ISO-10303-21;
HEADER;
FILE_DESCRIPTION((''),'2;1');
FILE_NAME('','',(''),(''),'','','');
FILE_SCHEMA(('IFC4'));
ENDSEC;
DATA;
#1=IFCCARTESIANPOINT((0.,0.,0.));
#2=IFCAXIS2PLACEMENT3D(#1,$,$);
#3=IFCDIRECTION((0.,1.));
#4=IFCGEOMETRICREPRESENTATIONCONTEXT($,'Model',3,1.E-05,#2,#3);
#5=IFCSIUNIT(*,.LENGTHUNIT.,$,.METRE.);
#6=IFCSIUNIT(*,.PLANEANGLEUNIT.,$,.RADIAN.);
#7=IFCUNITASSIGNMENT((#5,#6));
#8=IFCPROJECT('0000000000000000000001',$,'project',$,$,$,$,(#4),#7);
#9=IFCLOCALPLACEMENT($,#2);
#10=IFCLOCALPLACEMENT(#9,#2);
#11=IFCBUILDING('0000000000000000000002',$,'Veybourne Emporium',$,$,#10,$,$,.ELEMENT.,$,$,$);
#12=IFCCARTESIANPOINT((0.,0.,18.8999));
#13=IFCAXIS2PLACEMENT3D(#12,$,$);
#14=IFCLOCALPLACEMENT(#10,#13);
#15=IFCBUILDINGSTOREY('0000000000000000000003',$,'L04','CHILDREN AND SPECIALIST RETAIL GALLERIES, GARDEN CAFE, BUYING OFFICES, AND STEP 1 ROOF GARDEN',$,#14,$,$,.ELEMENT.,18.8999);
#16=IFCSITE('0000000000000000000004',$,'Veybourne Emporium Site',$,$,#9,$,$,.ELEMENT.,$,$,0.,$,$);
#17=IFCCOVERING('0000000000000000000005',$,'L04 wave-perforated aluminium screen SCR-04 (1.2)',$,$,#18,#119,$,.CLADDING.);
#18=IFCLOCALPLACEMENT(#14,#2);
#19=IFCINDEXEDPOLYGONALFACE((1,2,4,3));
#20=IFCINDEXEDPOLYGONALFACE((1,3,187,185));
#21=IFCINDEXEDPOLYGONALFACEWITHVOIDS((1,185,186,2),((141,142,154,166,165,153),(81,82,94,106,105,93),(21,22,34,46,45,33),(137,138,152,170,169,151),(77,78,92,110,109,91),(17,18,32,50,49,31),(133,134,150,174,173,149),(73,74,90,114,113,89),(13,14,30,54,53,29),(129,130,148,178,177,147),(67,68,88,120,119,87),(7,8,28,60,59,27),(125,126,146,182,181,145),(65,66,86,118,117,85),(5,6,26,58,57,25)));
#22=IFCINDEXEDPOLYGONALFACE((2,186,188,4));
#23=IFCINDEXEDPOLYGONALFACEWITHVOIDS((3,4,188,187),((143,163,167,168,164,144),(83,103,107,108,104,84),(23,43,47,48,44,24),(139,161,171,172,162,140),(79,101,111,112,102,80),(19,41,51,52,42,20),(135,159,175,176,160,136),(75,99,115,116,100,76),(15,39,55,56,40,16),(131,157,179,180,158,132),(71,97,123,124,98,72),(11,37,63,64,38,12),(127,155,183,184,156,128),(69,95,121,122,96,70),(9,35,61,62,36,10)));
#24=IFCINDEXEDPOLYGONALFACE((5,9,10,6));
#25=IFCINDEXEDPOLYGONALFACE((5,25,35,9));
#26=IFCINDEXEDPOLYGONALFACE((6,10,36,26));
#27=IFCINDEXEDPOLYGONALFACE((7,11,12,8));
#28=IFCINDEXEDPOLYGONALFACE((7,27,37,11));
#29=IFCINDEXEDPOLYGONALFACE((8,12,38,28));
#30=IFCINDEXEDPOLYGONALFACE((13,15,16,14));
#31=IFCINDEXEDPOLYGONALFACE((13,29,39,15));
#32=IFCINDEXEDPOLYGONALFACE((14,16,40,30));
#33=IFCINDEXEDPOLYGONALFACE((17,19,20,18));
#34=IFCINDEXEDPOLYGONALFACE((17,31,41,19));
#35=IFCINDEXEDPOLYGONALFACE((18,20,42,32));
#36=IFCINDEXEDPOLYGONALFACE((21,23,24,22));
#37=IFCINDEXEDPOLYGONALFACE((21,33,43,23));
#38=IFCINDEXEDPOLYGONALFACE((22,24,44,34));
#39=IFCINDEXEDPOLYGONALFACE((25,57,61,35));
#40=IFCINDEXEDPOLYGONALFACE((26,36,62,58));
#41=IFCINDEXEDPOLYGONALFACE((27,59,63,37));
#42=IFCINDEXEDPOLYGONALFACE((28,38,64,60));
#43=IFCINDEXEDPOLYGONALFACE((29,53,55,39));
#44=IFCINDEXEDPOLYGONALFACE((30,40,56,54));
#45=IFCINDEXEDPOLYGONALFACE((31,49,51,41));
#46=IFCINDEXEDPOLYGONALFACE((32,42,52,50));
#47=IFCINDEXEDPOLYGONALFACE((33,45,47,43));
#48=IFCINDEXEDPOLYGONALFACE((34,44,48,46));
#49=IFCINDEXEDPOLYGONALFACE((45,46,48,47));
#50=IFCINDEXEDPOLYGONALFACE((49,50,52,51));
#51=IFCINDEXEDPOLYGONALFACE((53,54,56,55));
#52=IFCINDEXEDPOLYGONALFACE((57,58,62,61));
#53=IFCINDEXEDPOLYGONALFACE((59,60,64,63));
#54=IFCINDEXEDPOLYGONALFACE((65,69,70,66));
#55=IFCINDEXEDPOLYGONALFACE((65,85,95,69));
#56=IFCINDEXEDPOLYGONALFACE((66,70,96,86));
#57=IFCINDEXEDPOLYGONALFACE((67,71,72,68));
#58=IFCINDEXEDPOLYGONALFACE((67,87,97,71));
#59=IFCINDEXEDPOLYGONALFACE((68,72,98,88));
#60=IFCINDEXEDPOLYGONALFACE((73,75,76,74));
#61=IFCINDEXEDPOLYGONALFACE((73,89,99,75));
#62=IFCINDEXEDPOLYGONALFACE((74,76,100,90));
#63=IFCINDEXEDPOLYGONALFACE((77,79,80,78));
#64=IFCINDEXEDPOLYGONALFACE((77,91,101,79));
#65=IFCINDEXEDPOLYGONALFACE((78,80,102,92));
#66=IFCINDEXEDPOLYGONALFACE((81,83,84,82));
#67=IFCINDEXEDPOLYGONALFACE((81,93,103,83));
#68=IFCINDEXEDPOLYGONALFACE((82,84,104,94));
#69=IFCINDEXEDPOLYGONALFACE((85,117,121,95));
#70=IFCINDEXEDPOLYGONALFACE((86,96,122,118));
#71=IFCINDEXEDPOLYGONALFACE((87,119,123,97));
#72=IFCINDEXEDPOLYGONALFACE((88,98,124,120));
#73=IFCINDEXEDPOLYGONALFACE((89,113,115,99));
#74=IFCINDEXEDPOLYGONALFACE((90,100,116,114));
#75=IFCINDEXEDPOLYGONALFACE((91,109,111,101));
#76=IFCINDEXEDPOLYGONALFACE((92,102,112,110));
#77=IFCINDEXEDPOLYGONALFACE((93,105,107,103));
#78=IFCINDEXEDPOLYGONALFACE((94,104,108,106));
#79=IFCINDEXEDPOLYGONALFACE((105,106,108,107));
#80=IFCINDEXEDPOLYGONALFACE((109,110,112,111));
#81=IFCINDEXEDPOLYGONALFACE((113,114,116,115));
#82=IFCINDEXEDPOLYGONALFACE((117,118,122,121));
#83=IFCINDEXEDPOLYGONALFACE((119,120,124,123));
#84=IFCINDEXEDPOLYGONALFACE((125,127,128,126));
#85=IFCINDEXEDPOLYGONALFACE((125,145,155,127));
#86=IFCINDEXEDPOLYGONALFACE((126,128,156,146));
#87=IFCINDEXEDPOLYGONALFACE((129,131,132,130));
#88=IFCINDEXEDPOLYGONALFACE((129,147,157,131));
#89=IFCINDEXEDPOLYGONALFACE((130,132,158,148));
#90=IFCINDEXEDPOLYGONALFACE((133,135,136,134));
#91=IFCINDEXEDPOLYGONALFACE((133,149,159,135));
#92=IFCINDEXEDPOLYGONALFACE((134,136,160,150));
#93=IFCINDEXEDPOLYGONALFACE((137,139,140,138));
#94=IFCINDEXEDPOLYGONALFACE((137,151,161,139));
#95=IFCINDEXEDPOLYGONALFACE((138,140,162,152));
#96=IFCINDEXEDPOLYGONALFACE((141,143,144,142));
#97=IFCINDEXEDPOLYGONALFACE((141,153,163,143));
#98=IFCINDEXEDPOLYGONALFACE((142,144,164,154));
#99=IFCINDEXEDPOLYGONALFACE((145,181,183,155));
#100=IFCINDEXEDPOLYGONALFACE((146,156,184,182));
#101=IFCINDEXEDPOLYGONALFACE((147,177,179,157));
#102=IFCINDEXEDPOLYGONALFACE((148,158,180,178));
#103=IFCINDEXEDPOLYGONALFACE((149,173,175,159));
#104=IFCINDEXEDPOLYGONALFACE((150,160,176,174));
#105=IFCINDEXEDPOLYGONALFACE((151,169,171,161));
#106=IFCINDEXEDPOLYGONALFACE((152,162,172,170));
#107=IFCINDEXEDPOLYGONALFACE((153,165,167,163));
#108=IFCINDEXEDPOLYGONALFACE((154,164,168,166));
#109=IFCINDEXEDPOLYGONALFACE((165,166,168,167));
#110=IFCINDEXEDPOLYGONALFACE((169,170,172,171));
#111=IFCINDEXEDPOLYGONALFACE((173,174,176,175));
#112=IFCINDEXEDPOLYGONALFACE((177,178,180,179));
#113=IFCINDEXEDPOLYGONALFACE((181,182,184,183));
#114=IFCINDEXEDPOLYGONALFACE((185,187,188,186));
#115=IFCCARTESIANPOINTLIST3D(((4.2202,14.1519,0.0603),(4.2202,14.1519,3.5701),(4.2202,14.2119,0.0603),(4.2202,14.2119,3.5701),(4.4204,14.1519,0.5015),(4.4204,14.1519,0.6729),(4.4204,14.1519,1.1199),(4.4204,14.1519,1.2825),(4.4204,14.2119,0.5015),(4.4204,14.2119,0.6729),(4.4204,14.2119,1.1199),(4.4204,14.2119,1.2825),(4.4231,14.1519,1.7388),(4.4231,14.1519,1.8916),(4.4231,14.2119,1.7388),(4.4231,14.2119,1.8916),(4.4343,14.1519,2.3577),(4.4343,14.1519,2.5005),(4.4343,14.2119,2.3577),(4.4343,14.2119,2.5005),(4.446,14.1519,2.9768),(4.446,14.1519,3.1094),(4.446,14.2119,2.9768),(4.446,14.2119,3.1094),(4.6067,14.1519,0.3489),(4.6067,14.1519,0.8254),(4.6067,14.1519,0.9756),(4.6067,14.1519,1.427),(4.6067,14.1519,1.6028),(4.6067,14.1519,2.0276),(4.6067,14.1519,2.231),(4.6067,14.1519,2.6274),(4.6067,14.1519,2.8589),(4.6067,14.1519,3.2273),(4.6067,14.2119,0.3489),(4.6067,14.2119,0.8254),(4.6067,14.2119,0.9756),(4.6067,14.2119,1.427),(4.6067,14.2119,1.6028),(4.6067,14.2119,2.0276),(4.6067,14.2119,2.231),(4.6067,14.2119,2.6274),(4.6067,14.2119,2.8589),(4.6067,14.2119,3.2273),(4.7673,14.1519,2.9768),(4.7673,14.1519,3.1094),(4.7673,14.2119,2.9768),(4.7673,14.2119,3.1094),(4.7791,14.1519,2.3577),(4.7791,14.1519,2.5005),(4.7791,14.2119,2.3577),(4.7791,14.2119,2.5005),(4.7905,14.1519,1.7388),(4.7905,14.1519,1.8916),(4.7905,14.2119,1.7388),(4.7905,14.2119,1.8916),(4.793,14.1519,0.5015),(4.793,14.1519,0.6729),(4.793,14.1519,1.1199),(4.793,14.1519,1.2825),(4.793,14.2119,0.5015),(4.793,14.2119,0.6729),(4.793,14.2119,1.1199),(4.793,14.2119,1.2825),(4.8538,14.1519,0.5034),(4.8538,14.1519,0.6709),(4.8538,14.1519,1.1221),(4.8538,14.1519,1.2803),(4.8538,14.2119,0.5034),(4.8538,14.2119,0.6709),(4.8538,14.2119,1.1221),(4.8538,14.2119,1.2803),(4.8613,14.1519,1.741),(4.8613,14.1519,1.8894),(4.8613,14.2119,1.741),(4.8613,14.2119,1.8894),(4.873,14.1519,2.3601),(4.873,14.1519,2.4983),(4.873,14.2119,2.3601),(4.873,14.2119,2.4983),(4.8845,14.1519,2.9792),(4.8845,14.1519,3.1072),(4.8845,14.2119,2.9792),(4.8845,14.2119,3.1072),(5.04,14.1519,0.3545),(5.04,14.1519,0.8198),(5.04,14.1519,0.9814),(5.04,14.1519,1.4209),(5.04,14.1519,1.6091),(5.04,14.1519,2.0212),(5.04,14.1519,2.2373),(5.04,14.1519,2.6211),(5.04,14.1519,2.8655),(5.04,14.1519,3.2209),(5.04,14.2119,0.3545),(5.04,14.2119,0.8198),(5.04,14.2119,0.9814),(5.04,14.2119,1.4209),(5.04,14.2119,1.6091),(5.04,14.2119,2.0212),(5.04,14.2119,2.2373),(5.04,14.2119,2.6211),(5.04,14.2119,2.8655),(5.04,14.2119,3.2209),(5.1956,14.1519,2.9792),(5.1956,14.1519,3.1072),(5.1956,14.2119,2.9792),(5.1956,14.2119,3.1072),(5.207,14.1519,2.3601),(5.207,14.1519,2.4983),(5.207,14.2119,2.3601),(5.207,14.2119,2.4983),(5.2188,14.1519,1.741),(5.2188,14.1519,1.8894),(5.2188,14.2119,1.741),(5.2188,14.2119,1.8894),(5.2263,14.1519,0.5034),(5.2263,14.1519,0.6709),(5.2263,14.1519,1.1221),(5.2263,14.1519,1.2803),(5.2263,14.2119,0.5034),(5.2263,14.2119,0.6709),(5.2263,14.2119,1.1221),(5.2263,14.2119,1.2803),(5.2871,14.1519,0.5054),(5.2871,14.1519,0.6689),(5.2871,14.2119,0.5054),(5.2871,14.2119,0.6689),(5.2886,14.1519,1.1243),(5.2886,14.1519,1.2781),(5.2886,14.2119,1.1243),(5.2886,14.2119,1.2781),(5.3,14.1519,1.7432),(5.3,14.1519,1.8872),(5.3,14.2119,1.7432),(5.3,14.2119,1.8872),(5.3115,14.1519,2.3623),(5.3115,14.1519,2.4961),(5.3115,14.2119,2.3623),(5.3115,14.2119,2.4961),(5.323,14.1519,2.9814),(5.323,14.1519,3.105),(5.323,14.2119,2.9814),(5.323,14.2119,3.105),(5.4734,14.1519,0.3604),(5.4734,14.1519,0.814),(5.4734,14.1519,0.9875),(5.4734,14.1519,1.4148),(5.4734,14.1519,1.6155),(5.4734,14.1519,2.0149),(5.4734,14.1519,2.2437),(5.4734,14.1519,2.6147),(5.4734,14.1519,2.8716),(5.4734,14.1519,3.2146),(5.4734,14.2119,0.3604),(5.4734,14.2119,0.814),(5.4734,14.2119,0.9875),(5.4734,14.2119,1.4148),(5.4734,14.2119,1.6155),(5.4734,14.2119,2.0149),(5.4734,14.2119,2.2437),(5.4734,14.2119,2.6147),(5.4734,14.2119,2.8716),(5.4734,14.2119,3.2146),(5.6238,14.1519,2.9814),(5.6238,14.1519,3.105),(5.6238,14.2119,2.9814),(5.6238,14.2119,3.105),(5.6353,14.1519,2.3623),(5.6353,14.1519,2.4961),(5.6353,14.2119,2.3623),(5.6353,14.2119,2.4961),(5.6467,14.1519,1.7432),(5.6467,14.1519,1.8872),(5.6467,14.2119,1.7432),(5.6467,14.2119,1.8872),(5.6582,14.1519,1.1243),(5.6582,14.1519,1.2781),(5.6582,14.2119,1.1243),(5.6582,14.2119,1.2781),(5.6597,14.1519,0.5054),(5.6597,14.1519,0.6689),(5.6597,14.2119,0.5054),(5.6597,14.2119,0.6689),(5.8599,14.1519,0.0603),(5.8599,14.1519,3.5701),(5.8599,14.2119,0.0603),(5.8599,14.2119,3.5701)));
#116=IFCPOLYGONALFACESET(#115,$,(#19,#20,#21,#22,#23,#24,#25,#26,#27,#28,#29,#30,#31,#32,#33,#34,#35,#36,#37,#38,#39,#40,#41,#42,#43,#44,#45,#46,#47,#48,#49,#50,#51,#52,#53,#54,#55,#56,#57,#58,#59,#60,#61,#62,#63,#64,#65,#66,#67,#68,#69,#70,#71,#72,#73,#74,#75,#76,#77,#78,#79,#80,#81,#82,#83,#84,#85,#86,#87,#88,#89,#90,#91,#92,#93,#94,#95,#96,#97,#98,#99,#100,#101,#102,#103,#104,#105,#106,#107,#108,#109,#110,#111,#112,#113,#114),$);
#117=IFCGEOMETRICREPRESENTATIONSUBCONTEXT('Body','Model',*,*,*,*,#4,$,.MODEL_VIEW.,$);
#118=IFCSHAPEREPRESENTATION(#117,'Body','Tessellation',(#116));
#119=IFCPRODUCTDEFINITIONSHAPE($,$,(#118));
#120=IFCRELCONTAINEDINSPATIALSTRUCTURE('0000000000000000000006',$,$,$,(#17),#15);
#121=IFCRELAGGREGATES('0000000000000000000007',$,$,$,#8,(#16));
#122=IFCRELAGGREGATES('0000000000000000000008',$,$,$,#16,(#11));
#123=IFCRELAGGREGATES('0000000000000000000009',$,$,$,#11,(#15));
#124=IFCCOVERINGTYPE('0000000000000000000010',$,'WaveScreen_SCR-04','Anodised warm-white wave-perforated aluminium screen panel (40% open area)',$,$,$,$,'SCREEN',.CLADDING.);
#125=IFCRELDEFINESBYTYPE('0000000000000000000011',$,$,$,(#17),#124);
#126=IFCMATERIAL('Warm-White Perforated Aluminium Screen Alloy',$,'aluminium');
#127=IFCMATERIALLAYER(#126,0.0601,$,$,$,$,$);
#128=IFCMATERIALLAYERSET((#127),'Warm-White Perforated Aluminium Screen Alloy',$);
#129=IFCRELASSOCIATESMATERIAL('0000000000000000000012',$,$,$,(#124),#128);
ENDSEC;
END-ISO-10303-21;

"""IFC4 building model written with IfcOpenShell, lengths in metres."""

from ifc_helpers import new_model, si_unit, direction, frame, origin, place, context, subcontext, project, spatial, polyline, outline, extrude, material, layer, layer_set, type_object, element, save


model = new_model("IFC4")

# Units and contexts
model_context = context("Model", 3, precision=1e-05, world=origin(), true_north=direction((0.0, 1.0)))
body_context = subcontext(model_context, "Body", "Model", "MODEL_VIEW")
ifc_project = project(units=[si_unit("LENGTHUNIT", "METRE"), si_unit("PLANEANGLEUNIT", "RADIAN")], contexts=[model_context])

# Site, building, storey
site_placement = place(None, origin())
site = spatial("IfcSite", under=ifc_project, at=site_placement, Name="Veybourne Emporium Site", CompositionType="ELEMENT", RefElevation=0.0)
building_placement = place(site_placement, origin())
building = spatial("IfcBuilding", under=site, at=building_placement, Name="Veybourne Emporium", CompositionType="ELEMENT")
storey_placement = place(building_placement, frame((0.0, 0.0, 18.8999)))
storey = spatial("IfcBuildingStorey", under=building, at=storey_placement, Name="L04", Description="CHILDREN AND SPECIALIST RETAIL GALLERIES, GARDEN CAFE, BUYING OFFICES, AND STEP 1 ROOF GARDEN", CompositionType="ELEMENT", Elevation=18.8999)

# Covering
ifc_material_1 = material(Name="Warm-White Perforated Aluminium Screen Alloy", Category="aluminium")
ifc_layer_1 = layer(ifc_material_1, 0.0601)
ifc_layer_set_1 = layer_set([ifc_layer_1], Name="Warm-White Perforated Aluminium Screen Alloy")
covering_type_1 = type_object("IfcCoveringType", Name="WaveScreen_SCR-04", Description="Anodised warm-white wave-perforated aluminium screen panel (40% open area)", ElementType="SCREEN", PredefinedType="CLADDING", material=ifc_layer_set_1)
covering_1_placement = place(storey_placement, frame((5.04, 14.1519, 1.8152), z_axis=(0.0, 1.0, 0.0), x_axis=(-1.0, 0.0, 0.0)))
element("IfcCovering", 1, at=covering_1_placement, inside=storey, type_object=covering_type_1, Name="L04 wave-perforated aluminium screen SCR-04 (1.2)", PredefinedType="CLADDING", context=body_context, shape_type="SweptSolid", body=[
    extrude(outline(polyline([(-0.8198, -1.7549), (0.8198, -1.7549), (0.8198, 1.7549), (-0.8198, 1.7549), (-0.8198, -1.7549)]), holes=[polyline([(-0.4333, -1.0012), (-0.2471, -1.1462), (-0.2471, -1.3098), (-0.4333, -1.4548), (-0.6196, -1.3098), (-0.6196, -1.1462), (-0.4333, -1.0012)]), polyline([(-0.4333, -0.4004), (-0.2485, -0.5371), (-0.2485, -0.6909), (-0.4333, -0.8276), (-0.6182, -0.6909), (-0.6182, -0.5371), (-0.4333, -0.4004)]), polyline([(-0.4333, 0.1997), (-0.26, 0.072), (-0.26, -0.072), (-0.4333, -0.1997), (-0.6067, -0.072), (-0.6067, 0.072), (-0.4333, 0.1997)]), polyline([(-0.4333, 0.7996), (-0.2715, 0.6809), (-0.2715, 0.5471), (-0.4333, 0.4285), (-0.5952, 0.5471), (-0.5952, 0.6809), (-0.4333, 0.7996)]), polyline([(-0.4333, 1.3994), (-0.283, 1.2898), (-0.283, 1.1663), (-0.4333, 1.0564), (-0.5837, 1.1663), (-0.5837, 1.2898), (-0.4333, 1.3994)]), polyline([(0.0, -0.9954), (0.1863, -1.1443), (0.1863, -1.3118), (0.0, -1.4607), (-0.1863, -1.3118), (-0.1863, -1.1443), (0.0, -0.9954)]), polyline([(0.0, -0.3943), (0.1863, -0.5349), (0.1863, -0.6931), (0.0, -0.8337), (-0.1863, -0.6931), (-0.1863, -0.5349), (0.0, -0.3943)]), polyline([(0.0, 0.2061), (0.1787, 0.0742), (0.1787, -0.0742), (0.0, -0.2061), (-0.1787, -0.0742), (-0.1787, 0.0742), (0.0, 0.2061)]), polyline([(0.0, 0.8059), (0.167, 0.6831), (0.167, 0.5449), (0.0, 0.4221), (-0.167, 0.5449), (-0.167, 0.6831), (0.0, 0.8059)]), polyline([(0.0, 1.4058), (0.1555, 1.292), (0.1555, 1.1641), (0.0, 1.0503), (-0.1555, 1.1641), (-0.1555, 1.292), (0.0, 1.4058)]), polyline([(0.4333, -0.9897), (0.6196, -1.1423), (0.6196, -1.3137), (0.4333, -1.4663), (0.2471, -1.3137), (0.2471, -1.1423), (0.4333, -0.9897)]), polyline([(0.4333, -0.3882), (0.6196, -0.5327), (0.6196, -0.6953), (0.4333, -0.8396), (0.2471, -0.6953), (0.2471, -0.5327), (0.4333, -0.3882)]), polyline([(0.4333, 0.2124), (0.6169, 0.0764), (0.6169, -0.0764), (0.4333, -0.2124), (0.2495, -0.0764), (0.2495, 0.0764), (0.4333, 0.2124)]), polyline([(0.4333, 0.8123), (0.6057, 0.6853), (0.6057, 0.5425), (0.4333, 0.4158), (0.261, 0.5425), (0.261, 0.6853), (0.4333, 0.8123)]), polyline([(0.4333, 1.4121), (0.594, 1.2942), (0.594, 1.1616), (0.4333, 1.0437), (0.2727, 1.1616), (0.2727, 1.2942), (0.4333, 1.4121)])]), origin(), (0.0, 0.0, 1.0), 0.0601),
])

save(model, "model.ifc")
